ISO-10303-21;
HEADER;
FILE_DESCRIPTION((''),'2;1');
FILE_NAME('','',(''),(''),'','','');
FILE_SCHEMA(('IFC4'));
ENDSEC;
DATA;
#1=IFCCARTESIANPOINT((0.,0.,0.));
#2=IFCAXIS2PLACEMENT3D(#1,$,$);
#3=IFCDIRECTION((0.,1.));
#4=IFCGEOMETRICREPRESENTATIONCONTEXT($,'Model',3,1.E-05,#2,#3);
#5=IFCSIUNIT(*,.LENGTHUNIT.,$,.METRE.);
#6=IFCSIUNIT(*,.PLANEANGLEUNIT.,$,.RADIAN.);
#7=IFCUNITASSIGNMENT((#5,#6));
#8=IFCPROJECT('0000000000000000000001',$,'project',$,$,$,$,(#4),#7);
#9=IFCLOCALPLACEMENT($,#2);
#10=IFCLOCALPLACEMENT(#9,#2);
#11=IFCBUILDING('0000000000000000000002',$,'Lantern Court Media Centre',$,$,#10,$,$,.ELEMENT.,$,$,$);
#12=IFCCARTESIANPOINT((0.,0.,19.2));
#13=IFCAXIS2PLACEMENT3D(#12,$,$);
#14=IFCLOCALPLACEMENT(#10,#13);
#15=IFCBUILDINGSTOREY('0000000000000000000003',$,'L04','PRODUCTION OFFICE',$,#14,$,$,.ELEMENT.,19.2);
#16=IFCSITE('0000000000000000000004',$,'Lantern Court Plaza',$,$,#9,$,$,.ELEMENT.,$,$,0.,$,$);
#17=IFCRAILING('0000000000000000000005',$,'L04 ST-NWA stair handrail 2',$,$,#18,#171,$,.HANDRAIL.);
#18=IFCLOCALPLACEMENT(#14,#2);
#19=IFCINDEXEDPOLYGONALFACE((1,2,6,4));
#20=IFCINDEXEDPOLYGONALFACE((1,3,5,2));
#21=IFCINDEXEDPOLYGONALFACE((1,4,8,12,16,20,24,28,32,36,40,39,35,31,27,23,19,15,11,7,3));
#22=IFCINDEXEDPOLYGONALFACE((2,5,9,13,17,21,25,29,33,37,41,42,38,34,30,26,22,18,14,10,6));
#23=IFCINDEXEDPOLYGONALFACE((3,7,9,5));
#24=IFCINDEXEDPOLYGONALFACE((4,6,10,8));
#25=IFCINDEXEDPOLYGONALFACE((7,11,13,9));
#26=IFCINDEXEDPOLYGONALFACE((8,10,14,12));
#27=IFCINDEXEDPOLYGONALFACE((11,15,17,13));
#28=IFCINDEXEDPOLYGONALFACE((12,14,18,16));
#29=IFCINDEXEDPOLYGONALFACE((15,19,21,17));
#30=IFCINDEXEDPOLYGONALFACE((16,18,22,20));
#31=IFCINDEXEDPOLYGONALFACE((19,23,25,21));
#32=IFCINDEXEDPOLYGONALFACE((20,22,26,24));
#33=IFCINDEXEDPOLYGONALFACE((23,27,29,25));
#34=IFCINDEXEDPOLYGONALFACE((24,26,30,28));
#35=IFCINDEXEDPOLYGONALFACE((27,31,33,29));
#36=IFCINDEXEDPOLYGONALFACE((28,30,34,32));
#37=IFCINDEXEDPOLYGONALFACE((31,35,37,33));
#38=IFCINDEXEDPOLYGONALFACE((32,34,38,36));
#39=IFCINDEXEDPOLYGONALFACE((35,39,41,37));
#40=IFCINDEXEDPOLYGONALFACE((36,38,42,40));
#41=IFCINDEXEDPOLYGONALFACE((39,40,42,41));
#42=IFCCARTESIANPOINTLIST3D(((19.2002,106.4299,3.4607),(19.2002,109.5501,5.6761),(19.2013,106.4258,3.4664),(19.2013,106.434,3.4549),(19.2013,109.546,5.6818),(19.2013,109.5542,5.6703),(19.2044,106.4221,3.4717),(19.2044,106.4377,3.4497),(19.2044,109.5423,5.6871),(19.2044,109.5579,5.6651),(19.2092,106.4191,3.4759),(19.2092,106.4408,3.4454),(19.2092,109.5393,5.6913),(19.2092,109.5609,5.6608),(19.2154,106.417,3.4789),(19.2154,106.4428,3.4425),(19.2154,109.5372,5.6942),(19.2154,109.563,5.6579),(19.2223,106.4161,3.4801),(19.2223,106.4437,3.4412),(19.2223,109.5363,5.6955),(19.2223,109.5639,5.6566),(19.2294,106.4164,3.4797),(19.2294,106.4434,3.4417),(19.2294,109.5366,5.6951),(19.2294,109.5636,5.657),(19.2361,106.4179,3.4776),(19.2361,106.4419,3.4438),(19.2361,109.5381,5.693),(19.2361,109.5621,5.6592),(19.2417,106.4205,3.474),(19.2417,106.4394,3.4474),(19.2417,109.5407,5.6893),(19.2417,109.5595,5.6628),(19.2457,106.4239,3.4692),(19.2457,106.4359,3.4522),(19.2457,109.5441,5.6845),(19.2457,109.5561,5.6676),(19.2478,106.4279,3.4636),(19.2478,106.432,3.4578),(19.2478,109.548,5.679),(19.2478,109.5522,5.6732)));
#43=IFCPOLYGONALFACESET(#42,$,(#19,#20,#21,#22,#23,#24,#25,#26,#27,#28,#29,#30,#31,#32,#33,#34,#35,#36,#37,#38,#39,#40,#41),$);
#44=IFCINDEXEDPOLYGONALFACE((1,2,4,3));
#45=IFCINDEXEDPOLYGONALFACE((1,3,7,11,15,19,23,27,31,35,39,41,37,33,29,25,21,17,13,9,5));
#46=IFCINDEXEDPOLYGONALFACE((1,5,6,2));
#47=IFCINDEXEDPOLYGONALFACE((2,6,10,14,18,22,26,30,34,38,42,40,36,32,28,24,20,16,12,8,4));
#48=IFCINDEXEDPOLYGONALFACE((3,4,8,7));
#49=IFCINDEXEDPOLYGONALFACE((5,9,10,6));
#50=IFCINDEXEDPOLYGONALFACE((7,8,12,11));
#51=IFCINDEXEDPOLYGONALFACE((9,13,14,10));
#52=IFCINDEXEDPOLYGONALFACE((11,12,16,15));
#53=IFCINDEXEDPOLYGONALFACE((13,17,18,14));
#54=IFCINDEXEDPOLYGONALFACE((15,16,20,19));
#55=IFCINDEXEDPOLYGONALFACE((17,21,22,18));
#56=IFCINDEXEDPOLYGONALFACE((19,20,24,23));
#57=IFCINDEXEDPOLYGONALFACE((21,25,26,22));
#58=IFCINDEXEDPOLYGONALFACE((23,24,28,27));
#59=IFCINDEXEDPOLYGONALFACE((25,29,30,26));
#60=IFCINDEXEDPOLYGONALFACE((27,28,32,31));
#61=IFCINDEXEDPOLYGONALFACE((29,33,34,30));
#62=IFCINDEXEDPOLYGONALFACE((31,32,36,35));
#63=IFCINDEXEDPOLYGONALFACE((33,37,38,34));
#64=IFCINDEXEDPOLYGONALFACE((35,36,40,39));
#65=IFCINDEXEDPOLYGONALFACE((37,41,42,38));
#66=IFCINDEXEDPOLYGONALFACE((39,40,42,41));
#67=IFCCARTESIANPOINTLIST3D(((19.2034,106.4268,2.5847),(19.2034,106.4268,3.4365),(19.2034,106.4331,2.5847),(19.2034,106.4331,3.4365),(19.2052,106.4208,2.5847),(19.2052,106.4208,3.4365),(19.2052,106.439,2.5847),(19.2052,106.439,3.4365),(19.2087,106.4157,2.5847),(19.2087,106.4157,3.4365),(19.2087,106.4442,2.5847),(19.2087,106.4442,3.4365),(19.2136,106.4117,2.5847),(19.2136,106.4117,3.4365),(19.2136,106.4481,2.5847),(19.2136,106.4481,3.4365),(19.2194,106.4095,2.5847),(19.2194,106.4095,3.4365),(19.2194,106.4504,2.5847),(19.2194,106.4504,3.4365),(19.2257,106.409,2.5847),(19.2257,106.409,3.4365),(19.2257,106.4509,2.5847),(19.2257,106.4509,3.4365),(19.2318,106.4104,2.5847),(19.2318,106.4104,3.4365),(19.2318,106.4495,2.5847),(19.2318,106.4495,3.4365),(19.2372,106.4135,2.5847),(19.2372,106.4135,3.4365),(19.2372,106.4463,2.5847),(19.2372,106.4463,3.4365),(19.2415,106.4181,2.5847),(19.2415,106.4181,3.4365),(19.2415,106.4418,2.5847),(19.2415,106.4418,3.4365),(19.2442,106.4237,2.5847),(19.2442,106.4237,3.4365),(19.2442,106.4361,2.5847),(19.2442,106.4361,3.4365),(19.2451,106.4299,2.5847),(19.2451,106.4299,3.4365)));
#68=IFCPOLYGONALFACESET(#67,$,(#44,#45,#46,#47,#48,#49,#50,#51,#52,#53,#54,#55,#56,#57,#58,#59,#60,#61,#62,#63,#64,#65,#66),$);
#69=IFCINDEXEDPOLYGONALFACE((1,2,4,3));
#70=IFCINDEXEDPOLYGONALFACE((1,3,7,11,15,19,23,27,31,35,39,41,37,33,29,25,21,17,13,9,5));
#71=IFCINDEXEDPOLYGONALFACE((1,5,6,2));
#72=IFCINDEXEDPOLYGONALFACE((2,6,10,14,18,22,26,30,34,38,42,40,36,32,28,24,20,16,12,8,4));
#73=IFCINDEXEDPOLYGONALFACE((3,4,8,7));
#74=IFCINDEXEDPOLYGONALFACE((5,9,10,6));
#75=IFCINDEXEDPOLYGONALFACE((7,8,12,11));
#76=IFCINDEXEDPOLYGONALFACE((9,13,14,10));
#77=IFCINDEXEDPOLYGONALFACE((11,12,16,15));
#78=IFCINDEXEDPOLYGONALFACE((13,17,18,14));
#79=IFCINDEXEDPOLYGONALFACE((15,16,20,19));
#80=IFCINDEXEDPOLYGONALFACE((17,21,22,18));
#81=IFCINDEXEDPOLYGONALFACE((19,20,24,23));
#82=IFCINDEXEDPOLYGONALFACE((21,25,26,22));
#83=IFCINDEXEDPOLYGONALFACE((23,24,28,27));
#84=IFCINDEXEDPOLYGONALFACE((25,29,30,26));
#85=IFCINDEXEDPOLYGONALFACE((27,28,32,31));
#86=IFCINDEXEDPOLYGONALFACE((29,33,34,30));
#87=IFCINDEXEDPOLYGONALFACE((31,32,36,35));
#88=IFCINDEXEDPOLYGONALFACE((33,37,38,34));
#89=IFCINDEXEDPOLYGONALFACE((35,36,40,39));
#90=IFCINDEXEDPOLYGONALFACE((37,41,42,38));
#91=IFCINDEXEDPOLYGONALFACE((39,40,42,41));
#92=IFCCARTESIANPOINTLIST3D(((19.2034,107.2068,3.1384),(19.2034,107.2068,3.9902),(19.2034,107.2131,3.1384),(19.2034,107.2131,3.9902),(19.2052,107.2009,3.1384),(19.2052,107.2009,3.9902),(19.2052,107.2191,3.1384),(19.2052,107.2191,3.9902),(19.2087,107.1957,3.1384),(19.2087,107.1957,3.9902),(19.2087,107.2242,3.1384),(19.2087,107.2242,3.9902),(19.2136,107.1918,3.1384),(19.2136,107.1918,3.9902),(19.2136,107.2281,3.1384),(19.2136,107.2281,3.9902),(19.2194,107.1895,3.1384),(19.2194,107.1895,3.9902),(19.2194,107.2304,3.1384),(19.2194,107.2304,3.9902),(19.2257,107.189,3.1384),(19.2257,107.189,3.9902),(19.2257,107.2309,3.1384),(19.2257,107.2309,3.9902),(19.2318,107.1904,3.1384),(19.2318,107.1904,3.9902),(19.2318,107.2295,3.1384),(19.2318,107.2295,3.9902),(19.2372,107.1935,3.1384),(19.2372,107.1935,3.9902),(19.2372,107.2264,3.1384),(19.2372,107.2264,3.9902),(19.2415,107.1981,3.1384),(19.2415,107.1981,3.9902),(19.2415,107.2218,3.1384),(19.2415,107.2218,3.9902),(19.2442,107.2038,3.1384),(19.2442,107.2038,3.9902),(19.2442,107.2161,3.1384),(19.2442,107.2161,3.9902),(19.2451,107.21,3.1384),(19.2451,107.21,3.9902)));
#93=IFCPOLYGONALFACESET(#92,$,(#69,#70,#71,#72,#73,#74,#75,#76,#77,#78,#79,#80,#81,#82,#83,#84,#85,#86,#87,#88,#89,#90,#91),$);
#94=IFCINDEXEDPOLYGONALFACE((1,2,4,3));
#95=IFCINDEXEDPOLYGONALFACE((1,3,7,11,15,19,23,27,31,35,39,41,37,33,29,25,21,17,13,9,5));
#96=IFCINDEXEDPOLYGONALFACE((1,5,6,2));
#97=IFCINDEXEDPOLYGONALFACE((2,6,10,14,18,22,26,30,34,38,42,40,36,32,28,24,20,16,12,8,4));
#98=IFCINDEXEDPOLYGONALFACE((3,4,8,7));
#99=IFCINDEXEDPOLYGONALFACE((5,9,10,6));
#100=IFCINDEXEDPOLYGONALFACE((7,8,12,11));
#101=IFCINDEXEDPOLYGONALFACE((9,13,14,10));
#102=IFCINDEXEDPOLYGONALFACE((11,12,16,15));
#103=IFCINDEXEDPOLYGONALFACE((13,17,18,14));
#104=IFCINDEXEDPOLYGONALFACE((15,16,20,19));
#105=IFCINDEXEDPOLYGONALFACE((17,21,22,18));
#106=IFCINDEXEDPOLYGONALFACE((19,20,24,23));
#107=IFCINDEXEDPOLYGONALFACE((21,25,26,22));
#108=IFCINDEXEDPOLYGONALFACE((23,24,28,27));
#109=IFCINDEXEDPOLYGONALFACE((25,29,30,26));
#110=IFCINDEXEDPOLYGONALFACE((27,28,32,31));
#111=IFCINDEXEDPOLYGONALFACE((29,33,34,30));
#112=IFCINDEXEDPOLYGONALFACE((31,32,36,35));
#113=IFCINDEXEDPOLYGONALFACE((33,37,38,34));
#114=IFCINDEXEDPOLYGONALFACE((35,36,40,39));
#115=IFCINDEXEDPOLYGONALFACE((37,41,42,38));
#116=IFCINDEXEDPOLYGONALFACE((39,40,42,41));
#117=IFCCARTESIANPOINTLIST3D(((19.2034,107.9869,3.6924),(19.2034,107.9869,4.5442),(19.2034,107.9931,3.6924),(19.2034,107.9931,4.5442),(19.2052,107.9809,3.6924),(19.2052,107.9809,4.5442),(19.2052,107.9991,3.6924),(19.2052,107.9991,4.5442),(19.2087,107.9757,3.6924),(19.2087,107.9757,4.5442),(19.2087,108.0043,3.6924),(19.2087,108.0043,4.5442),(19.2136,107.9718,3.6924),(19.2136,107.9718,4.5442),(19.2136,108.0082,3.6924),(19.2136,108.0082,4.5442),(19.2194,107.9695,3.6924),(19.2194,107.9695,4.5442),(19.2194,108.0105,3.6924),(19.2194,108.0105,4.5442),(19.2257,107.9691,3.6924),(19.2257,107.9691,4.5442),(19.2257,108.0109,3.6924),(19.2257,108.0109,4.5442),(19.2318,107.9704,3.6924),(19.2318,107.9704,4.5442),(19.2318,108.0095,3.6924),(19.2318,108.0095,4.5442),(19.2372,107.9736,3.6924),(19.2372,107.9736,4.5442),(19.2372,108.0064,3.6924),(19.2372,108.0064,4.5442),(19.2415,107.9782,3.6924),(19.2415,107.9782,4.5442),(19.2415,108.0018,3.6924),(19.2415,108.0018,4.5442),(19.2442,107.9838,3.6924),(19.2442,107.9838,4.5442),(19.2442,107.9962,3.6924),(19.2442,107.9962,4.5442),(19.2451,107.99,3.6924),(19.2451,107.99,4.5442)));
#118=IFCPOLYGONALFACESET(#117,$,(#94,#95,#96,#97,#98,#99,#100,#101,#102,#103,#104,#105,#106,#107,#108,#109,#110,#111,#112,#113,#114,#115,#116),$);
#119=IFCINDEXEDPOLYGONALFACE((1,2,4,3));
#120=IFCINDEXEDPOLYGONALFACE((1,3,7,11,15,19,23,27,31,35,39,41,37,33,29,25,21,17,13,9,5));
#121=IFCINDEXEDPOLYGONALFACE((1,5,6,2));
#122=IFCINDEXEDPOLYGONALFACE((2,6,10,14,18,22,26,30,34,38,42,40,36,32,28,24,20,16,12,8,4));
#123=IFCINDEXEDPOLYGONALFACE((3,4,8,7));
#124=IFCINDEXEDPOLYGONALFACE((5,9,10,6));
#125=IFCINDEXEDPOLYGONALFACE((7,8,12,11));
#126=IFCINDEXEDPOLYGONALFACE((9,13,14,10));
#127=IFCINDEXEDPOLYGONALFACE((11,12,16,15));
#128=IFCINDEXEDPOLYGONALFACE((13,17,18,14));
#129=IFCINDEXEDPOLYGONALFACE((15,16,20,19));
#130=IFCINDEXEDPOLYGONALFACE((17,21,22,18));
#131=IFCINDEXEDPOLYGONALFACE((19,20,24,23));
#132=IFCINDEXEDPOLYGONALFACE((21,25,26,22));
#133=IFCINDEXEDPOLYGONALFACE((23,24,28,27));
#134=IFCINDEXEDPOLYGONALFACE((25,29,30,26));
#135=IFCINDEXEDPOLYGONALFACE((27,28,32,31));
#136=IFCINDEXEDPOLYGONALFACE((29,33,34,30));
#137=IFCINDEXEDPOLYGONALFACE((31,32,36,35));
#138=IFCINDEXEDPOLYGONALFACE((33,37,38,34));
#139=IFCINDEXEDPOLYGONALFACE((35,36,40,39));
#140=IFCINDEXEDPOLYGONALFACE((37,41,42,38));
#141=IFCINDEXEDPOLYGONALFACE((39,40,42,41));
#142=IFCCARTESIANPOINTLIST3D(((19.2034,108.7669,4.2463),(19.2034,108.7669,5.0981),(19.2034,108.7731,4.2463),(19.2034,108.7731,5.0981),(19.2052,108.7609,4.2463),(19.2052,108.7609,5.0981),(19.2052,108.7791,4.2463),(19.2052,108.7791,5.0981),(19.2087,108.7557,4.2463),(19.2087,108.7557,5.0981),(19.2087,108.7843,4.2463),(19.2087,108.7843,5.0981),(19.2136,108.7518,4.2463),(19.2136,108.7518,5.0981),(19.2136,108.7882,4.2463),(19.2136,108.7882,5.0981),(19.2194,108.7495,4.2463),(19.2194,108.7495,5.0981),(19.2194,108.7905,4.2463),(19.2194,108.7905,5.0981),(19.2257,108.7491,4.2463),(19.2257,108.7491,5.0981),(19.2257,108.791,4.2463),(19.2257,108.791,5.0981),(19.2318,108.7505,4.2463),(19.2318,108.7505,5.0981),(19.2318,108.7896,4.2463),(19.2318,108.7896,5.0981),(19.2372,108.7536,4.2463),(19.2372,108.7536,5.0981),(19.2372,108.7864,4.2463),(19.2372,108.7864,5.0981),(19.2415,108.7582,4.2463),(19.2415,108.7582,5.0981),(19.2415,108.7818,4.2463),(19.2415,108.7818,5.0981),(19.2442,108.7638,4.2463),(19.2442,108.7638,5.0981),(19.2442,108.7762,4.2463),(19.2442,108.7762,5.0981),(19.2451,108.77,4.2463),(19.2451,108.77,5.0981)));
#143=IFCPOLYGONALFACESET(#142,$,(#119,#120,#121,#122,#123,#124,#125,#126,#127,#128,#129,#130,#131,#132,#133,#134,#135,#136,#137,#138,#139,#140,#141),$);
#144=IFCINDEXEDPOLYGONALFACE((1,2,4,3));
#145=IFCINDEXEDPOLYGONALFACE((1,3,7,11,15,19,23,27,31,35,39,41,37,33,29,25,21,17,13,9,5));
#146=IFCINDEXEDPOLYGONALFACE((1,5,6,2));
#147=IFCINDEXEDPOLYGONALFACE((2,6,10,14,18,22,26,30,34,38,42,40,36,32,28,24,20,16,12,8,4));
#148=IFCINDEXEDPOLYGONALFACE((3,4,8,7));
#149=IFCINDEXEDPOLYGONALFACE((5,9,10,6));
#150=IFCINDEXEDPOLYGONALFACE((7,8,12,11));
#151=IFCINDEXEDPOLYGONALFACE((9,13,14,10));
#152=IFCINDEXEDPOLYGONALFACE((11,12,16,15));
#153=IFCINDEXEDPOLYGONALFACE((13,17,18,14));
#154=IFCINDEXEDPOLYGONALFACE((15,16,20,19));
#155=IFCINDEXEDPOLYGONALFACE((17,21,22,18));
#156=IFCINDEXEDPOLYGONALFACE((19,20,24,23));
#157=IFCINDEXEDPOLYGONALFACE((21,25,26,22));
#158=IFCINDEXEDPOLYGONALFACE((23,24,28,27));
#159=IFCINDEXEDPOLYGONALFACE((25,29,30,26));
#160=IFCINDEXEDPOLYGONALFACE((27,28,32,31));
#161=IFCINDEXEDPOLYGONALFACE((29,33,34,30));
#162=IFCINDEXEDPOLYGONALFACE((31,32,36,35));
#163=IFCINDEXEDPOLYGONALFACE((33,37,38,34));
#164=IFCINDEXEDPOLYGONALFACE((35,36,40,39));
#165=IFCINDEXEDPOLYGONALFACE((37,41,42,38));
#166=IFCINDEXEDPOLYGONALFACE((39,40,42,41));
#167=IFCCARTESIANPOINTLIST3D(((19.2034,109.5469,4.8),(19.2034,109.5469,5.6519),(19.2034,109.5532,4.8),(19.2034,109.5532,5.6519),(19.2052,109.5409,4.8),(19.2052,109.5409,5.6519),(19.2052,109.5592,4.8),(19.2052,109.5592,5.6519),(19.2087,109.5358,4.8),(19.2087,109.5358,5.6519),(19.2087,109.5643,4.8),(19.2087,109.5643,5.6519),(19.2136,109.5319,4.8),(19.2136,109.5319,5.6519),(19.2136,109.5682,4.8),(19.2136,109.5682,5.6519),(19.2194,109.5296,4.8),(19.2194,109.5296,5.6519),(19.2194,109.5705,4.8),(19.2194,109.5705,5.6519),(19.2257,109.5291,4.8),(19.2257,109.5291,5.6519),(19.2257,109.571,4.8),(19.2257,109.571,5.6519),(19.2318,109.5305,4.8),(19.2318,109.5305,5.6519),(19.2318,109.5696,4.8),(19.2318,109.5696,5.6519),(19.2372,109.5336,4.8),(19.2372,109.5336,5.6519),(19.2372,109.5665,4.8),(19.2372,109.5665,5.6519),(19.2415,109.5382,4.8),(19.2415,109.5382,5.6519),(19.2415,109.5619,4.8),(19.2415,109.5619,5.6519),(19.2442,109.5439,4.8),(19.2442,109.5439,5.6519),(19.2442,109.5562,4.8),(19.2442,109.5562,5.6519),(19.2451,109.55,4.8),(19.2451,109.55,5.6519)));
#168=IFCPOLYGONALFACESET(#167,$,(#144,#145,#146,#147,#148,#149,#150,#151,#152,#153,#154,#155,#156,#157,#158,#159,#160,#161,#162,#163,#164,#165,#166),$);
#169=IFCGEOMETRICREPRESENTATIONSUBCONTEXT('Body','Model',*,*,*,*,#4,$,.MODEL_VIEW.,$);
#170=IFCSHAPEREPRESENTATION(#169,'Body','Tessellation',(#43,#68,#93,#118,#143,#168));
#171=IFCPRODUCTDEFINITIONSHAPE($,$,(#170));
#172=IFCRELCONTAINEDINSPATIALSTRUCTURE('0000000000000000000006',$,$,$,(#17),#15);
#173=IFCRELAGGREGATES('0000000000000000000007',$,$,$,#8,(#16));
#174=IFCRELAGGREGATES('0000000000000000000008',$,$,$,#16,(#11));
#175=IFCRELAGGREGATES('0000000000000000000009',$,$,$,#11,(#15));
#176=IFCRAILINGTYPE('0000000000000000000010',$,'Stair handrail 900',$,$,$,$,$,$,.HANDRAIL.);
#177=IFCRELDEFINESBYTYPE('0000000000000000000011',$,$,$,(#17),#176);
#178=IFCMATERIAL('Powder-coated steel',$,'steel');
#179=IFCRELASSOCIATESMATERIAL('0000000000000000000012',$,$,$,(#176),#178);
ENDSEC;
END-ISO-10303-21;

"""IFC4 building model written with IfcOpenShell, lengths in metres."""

from ifc_helpers import new_model, si_unit, direction, frame, origin, origin_2d, place, context, subcontext, project, spatial, circle, extrude, material, type_object, element, save


model = new_model("IFC4")

# Units and contexts
model_context = context("Model", 3, precision=1e-05, world=origin(), true_north=direction((0.0, 1.0)))
body_context = subcontext(model_context, "Body", "Model", "MODEL_VIEW")
ifc_project = project(units=[si_unit("LENGTHUNIT", "METRE"), si_unit("PLANEANGLEUNIT", "RADIAN")], contexts=[model_context])

# Site, building, storey
site_placement = place(None, origin())
site = spatial("IfcSite", under=ifc_project, at=site_placement, Name="Lantern Court Plaza", CompositionType="ELEMENT", RefElevation=0.0)
building_placement = place(site_placement, origin())
building = spatial("IfcBuilding", under=site, at=building_placement, Name="Lantern Court Media Centre", CompositionType="ELEMENT")
storey_placement = place(building_placement, frame((0.0, 0.0, 19.2)))
storey = spatial("IfcBuildingStorey", under=building, at=storey_placement, Name="L04", Description="PRODUCTION OFFICE", CompositionType="ELEMENT", Elevation=19.2)

# Shared definitions
ifc_material_1 = material(Name="Powder-coated steel", Category="steel")

# Railing
railing_type_1 = type_object("IfcRailingType", Name="Stair handrail 900", PredefinedType="HANDRAIL", material=ifc_material_1)
railing_1_placement = place(storey_placement, frame((19.2241, 106.4299, 2.5847)))
element("IfcRailing", 1, at=railing_1_placement, inside=storey, type_object=railing_type_1, Name="L04 ST-NWA stair handrail 2", PredefinedType="HANDRAIL", context=body_context, shape_type="SweptSolid", body=[
    extrude(circle(Radius=0.0239, at=origin_2d()), frame((0.0, 0.0, 0.876), z_axis=(0.0, 0.815377, 0.57893), x_axis=(-1.0, 0.0, 0.0)), (0.0, 0.0, 1.0), 3.8267),
    extrude(circle(Radius=0.021, at=origin_2d()), origin(), (0.0, 0.0, 1.0), 0.8518),
    extrude(circle(Radius=0.021, at=origin_2d()), frame((0.0, 0.78, 0.5537)), (0.0, 0.0, 1.0), 0.8518),
    extrude(circle(Radius=0.021, at=origin_2d()), frame((0.0, 1.5601, 1.1077)), (0.0, 0.0, 1.0), 0.8518),
    extrude(circle(Radius=0.021, at=origin_2d()), frame((0.0, 2.3401, 1.6616)), (0.0, 0.0, 1.0), 0.8518),
    extrude(circle(Radius=0.021, at=origin_2d()), frame((0.0, 3.1201, 2.2153)), (0.0, 0.0, 1.0), 0.8518),
])

save(model, "model.ifc")
